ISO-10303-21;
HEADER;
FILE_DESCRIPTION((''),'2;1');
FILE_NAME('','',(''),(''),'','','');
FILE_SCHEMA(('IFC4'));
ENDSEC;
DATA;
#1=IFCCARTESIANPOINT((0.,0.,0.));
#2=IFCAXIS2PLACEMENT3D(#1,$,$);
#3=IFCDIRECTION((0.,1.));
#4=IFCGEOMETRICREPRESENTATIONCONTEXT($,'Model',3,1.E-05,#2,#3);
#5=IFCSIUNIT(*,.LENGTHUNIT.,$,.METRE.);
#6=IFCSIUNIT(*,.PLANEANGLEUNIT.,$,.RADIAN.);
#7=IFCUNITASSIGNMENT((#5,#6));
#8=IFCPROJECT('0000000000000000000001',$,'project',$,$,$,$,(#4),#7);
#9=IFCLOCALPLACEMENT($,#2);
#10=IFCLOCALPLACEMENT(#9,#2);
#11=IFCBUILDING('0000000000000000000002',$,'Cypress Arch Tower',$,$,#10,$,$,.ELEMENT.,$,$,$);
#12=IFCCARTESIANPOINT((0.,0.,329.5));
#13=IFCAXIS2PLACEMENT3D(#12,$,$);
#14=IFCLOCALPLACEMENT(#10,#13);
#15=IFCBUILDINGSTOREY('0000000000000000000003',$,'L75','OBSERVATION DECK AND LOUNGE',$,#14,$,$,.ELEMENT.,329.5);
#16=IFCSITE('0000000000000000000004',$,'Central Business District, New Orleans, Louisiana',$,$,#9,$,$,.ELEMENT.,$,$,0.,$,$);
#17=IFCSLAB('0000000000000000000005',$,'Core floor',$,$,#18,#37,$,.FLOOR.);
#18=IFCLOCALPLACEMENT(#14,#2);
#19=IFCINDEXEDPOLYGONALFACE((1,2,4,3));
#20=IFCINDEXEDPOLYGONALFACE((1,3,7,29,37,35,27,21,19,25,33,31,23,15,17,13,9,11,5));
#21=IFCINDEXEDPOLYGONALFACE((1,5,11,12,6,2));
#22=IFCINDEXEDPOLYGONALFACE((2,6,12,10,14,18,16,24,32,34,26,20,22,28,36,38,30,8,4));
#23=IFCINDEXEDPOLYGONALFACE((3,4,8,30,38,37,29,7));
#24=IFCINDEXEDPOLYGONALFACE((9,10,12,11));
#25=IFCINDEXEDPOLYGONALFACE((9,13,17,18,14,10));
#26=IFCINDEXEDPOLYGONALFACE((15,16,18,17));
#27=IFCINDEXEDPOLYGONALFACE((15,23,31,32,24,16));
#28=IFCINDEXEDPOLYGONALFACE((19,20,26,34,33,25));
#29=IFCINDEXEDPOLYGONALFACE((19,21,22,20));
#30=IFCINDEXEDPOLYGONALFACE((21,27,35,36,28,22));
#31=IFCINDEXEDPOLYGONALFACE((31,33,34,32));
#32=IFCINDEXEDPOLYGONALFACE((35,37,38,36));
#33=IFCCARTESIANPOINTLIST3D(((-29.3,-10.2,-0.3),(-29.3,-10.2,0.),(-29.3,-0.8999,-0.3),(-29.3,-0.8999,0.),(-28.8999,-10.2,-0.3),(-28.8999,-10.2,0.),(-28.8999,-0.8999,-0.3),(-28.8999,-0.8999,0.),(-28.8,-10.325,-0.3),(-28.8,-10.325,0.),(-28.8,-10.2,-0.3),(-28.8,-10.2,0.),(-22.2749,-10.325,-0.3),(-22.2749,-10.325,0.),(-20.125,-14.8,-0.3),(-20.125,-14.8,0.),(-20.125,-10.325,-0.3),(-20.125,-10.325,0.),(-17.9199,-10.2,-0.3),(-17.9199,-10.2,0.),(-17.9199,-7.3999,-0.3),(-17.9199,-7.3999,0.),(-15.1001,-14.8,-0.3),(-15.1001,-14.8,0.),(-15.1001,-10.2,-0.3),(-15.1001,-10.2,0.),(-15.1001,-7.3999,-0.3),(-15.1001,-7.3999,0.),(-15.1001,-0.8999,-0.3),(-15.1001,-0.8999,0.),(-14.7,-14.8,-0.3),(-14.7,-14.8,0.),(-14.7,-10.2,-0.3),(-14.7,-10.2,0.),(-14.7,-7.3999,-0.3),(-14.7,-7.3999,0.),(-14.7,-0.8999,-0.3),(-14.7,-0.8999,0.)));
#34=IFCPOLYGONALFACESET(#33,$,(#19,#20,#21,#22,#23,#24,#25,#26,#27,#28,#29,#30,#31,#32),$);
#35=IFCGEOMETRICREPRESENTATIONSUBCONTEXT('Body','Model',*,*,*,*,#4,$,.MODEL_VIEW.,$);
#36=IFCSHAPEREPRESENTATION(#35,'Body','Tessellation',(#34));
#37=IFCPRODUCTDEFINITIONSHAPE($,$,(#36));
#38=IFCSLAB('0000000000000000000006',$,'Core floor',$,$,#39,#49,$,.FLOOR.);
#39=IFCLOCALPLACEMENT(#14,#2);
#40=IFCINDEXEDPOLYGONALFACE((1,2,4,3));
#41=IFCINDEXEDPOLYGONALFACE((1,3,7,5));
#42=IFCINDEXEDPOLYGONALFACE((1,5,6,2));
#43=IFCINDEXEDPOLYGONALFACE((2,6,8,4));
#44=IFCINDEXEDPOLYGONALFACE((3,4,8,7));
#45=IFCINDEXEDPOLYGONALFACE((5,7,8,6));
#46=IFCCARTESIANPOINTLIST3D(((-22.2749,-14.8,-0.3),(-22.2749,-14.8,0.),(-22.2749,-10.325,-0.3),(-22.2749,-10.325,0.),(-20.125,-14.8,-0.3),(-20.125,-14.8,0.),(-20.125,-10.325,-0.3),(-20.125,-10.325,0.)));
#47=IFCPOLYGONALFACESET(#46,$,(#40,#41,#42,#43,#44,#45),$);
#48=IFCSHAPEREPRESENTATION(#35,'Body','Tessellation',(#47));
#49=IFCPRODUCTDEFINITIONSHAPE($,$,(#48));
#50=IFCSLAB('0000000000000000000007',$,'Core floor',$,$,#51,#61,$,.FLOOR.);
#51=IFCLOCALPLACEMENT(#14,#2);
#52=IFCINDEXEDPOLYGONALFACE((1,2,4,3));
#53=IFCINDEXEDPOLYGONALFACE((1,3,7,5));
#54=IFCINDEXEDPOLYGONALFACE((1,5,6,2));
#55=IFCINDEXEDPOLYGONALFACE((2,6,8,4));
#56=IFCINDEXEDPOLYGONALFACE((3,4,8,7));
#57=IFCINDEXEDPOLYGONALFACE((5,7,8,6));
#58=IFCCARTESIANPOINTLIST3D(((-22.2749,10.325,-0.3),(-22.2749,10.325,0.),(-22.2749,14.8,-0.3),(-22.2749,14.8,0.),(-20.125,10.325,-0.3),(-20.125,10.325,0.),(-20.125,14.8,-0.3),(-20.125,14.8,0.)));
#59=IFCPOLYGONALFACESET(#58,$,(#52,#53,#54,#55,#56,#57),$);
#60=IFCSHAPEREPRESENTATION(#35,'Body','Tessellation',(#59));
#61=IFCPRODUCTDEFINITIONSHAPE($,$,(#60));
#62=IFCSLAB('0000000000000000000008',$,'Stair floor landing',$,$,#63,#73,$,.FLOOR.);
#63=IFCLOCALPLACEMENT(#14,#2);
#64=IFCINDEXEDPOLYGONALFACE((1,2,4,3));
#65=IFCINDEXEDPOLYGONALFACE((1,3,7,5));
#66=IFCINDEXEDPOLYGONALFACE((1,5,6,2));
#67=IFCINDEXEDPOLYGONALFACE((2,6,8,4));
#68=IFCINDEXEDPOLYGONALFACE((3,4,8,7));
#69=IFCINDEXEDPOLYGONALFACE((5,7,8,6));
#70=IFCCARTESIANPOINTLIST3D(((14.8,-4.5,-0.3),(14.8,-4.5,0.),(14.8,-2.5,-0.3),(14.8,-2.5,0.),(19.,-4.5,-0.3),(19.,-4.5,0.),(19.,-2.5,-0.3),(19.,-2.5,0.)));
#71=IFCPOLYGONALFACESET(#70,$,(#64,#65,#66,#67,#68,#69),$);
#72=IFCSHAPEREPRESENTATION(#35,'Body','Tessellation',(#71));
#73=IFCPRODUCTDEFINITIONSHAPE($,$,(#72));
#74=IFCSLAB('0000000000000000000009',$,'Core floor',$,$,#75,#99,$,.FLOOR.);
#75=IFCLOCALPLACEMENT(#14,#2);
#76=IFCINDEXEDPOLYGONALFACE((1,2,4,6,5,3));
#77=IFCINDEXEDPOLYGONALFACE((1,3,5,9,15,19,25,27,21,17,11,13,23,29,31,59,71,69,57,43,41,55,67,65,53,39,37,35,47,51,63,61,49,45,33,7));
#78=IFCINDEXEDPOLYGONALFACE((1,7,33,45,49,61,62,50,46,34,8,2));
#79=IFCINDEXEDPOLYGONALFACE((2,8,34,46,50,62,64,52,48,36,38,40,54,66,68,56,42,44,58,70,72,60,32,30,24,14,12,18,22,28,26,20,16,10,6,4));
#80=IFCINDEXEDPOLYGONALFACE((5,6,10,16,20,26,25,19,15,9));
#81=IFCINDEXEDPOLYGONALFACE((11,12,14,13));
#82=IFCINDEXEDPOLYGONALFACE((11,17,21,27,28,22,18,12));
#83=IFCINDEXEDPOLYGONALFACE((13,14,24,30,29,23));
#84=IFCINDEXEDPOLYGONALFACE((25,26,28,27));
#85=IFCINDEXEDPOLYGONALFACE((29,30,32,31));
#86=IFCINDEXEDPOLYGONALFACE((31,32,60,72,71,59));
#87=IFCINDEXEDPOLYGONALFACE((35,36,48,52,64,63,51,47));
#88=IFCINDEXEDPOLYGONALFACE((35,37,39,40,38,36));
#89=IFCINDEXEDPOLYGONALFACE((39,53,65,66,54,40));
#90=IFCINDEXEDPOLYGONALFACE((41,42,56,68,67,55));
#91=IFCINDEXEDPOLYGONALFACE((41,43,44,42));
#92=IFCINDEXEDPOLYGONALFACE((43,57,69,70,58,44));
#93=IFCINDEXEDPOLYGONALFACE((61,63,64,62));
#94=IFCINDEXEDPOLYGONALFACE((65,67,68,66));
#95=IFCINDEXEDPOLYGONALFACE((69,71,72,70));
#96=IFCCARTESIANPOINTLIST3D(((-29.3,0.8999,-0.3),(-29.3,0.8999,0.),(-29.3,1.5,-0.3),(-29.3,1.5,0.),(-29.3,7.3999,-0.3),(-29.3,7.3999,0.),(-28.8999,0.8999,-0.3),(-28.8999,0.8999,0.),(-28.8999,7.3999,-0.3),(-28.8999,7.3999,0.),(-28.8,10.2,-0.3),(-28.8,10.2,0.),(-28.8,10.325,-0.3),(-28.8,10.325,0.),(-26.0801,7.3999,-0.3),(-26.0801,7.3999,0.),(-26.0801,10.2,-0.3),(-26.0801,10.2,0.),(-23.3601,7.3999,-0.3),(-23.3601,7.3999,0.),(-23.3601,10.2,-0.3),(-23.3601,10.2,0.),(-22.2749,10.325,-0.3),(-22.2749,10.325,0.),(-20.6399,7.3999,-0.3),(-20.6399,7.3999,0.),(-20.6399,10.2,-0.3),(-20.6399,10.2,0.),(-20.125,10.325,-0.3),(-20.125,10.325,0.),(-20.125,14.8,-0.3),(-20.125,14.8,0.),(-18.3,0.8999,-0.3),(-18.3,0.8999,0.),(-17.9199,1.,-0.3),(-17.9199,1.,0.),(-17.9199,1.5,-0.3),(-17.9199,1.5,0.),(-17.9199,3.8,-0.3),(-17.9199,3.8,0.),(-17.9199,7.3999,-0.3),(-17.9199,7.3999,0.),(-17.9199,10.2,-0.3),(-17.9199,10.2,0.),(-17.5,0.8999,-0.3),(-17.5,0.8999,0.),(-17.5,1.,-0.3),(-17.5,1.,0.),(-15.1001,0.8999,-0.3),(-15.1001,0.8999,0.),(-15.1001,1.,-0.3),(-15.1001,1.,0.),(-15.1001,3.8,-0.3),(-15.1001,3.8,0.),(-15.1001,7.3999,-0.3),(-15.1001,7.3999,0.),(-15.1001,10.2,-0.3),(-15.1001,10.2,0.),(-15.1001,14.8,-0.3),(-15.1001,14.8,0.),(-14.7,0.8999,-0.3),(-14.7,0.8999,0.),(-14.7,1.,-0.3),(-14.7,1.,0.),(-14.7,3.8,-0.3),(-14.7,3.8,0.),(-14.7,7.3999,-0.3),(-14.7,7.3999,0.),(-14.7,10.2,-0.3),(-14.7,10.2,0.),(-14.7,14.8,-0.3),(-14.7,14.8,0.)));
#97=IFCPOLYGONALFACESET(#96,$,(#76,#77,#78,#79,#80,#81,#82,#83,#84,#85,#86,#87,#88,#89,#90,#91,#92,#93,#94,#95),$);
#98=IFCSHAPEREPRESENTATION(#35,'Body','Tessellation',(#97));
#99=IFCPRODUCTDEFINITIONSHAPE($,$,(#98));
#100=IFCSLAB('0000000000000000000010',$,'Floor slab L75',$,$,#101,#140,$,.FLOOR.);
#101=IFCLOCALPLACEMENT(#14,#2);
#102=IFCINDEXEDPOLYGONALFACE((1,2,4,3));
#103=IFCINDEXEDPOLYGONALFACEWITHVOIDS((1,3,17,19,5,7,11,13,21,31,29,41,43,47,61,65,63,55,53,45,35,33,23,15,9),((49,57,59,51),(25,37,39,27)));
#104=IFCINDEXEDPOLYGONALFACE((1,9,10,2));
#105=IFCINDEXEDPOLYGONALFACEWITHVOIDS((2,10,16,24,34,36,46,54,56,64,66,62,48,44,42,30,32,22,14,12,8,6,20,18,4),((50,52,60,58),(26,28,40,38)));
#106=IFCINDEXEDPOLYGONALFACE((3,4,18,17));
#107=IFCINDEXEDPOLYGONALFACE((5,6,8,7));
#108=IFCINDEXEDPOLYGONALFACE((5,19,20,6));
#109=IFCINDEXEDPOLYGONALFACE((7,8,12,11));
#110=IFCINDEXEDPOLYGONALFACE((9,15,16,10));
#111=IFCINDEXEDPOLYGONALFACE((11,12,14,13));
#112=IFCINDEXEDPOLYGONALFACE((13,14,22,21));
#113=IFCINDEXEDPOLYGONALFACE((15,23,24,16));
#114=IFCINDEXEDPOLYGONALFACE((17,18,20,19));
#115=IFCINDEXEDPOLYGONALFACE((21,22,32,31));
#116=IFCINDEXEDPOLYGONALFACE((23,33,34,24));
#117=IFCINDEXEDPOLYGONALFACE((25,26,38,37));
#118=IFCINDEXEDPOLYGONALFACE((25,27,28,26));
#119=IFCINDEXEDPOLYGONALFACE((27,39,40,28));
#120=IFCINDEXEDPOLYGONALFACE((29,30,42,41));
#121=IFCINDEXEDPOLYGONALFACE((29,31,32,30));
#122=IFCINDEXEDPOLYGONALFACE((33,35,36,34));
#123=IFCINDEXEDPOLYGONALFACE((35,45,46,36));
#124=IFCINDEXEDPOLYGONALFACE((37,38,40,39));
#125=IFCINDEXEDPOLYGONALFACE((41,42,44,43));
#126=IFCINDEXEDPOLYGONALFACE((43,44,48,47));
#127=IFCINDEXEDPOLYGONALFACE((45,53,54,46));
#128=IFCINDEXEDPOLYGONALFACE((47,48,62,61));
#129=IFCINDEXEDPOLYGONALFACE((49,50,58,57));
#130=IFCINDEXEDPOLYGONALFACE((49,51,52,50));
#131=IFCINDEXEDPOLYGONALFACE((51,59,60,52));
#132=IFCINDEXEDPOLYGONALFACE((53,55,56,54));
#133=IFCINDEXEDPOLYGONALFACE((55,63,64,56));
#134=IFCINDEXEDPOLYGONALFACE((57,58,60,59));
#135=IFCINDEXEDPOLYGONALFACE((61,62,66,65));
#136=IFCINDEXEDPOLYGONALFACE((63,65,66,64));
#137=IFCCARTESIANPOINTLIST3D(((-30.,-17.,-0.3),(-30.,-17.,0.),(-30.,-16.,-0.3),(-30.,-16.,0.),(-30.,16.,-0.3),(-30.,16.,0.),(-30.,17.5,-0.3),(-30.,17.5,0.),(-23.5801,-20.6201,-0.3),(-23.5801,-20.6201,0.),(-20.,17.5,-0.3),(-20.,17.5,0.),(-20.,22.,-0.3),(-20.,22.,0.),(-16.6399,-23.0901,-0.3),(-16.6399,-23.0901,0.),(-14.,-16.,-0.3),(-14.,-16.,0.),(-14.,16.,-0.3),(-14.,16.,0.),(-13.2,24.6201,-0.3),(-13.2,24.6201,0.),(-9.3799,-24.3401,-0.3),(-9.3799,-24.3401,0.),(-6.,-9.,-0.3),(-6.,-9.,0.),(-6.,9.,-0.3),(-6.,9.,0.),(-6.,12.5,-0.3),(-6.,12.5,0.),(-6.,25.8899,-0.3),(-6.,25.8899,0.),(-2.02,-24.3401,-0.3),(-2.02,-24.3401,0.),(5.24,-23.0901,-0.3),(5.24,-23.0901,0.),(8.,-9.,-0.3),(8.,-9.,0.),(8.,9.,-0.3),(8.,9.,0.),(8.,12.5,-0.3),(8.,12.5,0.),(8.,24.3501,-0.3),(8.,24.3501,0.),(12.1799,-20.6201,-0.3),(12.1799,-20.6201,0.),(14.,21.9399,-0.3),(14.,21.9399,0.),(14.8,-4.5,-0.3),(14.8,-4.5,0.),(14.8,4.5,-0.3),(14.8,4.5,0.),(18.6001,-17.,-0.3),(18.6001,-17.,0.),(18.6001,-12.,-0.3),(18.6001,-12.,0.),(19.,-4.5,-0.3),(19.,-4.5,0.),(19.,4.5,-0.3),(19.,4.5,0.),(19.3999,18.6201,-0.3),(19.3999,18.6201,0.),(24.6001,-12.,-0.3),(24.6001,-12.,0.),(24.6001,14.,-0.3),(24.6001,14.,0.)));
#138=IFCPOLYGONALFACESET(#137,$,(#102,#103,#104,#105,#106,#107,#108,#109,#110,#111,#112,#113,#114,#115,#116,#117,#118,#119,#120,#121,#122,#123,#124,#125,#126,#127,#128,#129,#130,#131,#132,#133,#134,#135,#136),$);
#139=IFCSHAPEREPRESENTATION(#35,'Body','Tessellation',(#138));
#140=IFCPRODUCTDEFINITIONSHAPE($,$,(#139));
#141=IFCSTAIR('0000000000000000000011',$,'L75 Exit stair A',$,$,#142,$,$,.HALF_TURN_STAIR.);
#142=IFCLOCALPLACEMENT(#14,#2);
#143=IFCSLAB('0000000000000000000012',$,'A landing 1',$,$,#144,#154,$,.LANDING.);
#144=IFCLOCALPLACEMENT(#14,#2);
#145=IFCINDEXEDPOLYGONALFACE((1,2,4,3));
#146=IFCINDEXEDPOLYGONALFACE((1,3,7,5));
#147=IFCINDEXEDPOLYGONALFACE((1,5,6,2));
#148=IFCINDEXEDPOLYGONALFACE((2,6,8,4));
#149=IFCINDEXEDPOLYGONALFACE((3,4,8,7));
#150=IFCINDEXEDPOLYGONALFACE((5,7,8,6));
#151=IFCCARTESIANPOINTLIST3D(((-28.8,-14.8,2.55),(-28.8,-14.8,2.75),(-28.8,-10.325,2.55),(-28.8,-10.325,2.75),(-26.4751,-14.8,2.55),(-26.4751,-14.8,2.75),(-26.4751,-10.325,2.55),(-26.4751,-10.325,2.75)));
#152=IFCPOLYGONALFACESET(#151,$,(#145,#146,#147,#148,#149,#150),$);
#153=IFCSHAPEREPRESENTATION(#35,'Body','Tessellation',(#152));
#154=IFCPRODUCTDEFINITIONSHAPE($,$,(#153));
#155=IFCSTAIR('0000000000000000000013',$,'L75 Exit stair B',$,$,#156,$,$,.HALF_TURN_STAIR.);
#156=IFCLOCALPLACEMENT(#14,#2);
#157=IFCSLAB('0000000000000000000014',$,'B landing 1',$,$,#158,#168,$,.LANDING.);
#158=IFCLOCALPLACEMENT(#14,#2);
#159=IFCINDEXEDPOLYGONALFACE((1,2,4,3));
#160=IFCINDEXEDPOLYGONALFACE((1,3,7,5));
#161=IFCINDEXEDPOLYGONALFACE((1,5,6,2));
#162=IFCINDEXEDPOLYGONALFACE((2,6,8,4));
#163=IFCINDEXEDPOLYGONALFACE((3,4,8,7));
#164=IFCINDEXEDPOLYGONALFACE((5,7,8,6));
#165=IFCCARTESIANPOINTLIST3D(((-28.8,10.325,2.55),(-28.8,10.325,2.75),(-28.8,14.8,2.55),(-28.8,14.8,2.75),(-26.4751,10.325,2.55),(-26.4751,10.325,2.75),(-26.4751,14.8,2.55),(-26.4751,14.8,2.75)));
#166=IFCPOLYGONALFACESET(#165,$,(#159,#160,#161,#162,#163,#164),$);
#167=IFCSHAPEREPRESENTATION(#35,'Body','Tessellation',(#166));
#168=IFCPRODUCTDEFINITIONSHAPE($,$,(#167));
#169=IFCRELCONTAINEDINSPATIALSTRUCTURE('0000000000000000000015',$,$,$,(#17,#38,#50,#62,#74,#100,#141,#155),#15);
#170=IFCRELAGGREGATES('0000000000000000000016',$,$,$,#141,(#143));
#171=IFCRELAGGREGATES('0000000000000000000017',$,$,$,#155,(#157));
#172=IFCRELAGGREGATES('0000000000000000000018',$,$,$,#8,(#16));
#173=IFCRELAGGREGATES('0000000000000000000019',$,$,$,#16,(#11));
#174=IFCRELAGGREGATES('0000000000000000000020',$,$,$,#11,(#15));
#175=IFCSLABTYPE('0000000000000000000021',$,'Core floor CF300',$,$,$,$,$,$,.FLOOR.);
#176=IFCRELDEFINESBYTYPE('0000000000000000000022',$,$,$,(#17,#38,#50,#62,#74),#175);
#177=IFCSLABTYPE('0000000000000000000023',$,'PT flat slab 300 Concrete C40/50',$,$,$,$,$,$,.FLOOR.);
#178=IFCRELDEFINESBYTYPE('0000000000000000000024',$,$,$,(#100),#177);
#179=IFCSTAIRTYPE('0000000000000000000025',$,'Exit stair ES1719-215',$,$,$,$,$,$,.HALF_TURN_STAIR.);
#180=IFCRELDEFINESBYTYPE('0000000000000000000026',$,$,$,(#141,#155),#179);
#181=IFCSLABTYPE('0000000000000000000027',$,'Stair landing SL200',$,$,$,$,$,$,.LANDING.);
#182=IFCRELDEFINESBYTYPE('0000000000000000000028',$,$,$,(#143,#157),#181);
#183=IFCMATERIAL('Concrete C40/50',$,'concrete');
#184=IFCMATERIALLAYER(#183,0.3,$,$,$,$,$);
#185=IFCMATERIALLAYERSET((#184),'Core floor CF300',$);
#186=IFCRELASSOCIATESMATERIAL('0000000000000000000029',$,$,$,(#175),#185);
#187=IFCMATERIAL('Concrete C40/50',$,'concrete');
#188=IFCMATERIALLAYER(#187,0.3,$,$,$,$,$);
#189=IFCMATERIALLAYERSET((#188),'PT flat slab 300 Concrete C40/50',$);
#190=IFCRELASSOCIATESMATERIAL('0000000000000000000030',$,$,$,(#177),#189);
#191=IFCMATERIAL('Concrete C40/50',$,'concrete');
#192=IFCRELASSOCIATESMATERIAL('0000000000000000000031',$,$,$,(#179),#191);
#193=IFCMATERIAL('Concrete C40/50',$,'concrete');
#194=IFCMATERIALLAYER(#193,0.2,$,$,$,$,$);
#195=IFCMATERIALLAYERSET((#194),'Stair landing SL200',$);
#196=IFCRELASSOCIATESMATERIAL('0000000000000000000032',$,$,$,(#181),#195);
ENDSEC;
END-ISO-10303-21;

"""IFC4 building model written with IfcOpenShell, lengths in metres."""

from ifc_helpers import new_model, si_unit, direction, frame, origin, place, context, subcontext, project, spatial, polyline, outline, extrude, material, layer, layer_set, type_object, element, aggregate, save


model = new_model("IFC4")

# Units and contexts
model_context = context("Model", 3, precision=1e-05, world=origin(), true_north=direction((0.0, 1.0)))
body_context = subcontext(model_context, "Body", "Model", "MODEL_VIEW")
ifc_project = project(units=[si_unit("LENGTHUNIT", "METRE"), si_unit("PLANEANGLEUNIT", "RADIAN")], contexts=[model_context])

# Site, building, storey
site_placement = place(None, origin())
site = spatial("IfcSite", under=ifc_project, at=site_placement, Name="Central Business District, New Orleans, Louisiana", CompositionType="ELEMENT", RefElevation=0.0)
building_placement = place(site_placement, origin())
building = spatial("IfcBuilding", under=site, at=building_placement, Name="Cypress Arch Tower", CompositionType="ELEMENT")
storey_placement = place(building_placement, frame((0.0, 0.0, 329.5)))
storey = spatial("IfcBuildingStorey", under=building, at=storey_placement, Name="L75", Description="OBSERVATION DECK AND LOUNGE", CompositionType="ELEMENT", Elevation=329.5)

# Slabs
ifc_material_1 = material(Name="Concrete C40/50", Category="concrete")
ifc_layer_1 = layer(ifc_material_1, 0.3)
ifc_layer_set_1 = layer_set([ifc_layer_1], Name="Core floor CF300")
slab_type_1 = type_object("IfcSlabType", Name="Core floor CF300", PredefinedType="FLOOR", material=ifc_layer_set_1)
slab_1_placement = place(storey_placement, frame((0.0, 0.0, -0.3)))
element("IfcSlab", 1, at=slab_1_placement, inside=storey, type_object=slab_type_1, Name="Core floor", PredefinedType="FLOOR", context=body_context, shape_type="SweptSolid", body=[
    extrude(outline(polyline([(-28.8999, -10.2), (-29.3, -10.2), (-29.3, -0.8999), (-28.8999, -0.8999), (-15.1001, -0.8999), (-14.7, -0.8999), (-14.7, -7.3999), (-15.1001, -7.3999), (-17.9199, -7.3999), (-17.9199, -10.2), (-15.1001, -10.2), (-14.7, -10.2), (-14.7, -14.8), (-15.1001, -14.8), (-20.125, -14.8), (-20.125, -10.325), (-22.2749, -10.325), (-28.8, -10.325), (-28.8, -10.2), (-28.8999, -10.2)])), origin(), (0.0, 0.0, 1.0), 0.3),
])
slab_2_placement = place(storey_placement, frame((0.0, 0.0, -0.3)))
element("IfcSlab", 2, at=slab_2_placement, inside=storey, type_object=slab_type_1, Name="Core floor", PredefinedType="FLOOR", context=body_context, shape_type="SweptSolid", body=[
    extrude(outline(polyline([(-22.2749, -10.325), (-22.2749, -14.8), (-20.125, -14.8), (-20.125, -10.325), (-22.2749, -10.325)])), origin(), (0.0, 0.0, 1.0), 0.3),
])
slab_3_placement = place(storey_placement, frame((0.0, 0.0, -0.3)))
element("IfcSlab", 3, at=slab_3_placement, inside=storey, type_object=slab_type_1, Name="Core floor", PredefinedType="FLOOR", context=body_context, shape_type="SweptSolid", body=[
    extrude(outline(polyline([(-20.125, 14.8), (-22.2749, 14.8), (-22.2749, 10.325), (-20.125, 10.325), (-20.125, 14.8)])), origin(), (0.0, 0.0, 1.0), 0.3),
])
slab_4_placement = place(storey_placement, frame((0.0, 0.0, -0.3)))
element("IfcSlab", 4, at=slab_4_placement, inside=storey, type_object=slab_type_1, Name="Stair floor landing", PredefinedType="FLOOR", context=body_context, shape_type="SweptSolid", body=[
    extrude(outline(polyline([(19.0, -4.5), (19.0, -2.5), (14.8, -2.5), (14.8, -4.5), (19.0, -4.5)])), origin(), (0.0, 0.0, 1.0), 0.3),
])
slab_5_placement = place(storey_placement, frame((0.0, 0.0, -0.3)))
element("IfcSlab", 5, at=slab_5_placement, inside=storey, type_object=slab_type_1, Name="Core floor", PredefinedType="FLOOR", context=body_context, shape_type="SweptSolid", body=[
    extrude(outline(polyline([(-20.6399, 10.2), (-23.3601, 10.2), (-26.0801, 10.2), (-28.8, 10.2), (-28.8, 10.325), (-22.2749, 10.325), (-20.125, 10.325), (-20.125, 14.8), (-15.1001, 14.8), (-14.7, 14.8), (-14.7, 10.2), (-15.1001, 10.2), (-17.9199, 10.2), (-17.9199, 7.3999), (-15.1001, 7.3999), (-14.7, 7.3999), (-14.7, 3.8), (-15.1001, 3.8), (-17.9199, 3.8), (-17.9199, 1.5), (-17.9199, 1.0), (-17.5, 1.0), (-15.1001, 1.0), (-14.7, 1.0), (-14.7, 0.8999), (-15.1001, 0.8999), (-17.5, 0.8999), (-18.3, 0.8999), (-28.8999, 0.8999), (-29.3, 0.8999), (-29.3, 1.5), (-29.3, 7.3999), (-28.8999, 7.3999), (-26.0801, 7.3999), (-23.3601, 7.3999), (-20.6399, 7.3999), (-20.6399, 10.2)])), origin(), (0.0, 0.0, 1.0), 0.3),
])
ifc_material_2 = material(Name="Concrete C40/50", Category="concrete")
ifc_layer_2 = layer(ifc_material_2, 0.3)
ifc_layer_set_2 = layer_set([ifc_layer_2], Name="PT flat slab 300 Concrete C40/50")
slab_type_2 = type_object("IfcSlabType", Name="PT flat slab 300 Concrete C40/50", PredefinedType="FLOOR", material=ifc_layer_set_2)
slab_6_placement = place(storey_placement, frame((0.0, 0.0, -0.3)))
element("IfcSlab", 6, at=slab_6_placement, inside=storey, type_object=slab_type_2, Name="Floor slab L75", PredefinedType="FLOOR", context=body_context, shape_type="SweptSolid", body=[
    extrude(outline(polyline([(-30.0, 17.5), (-20.0, 17.5), (-20.0, 22.0), (-13.2, 24.6201), (-6.0, 25.8899), (-6.0, 12.5), (8.0, 12.5), (8.0, 24.3501), (14.0, 21.9399), (19.3999, 18.6201), (24.6001, 14.0), (24.6001, -12.0), (18.6001, -12.0), (18.6001, -17.0), (12.1799, -20.6201), (5.24, -23.0901), (-2.02, -24.3401), (-9.3799, -24.3401), (-16.6399, -23.0901), (-23.5801, -20.6201), (-30.0, -17.0), (-30.0, -16.0), (-14.0, -16.0), (-14.0, 16.0), (-30.0, 16.0), (-30.0, 17.5)]), holes=[polyline([(-6.0, -9.0), (8.0, -9.0), (8.0, 9.0), (-6.0, 9.0), (-6.0, -9.0)]), polyline([(14.8, -4.5), (19.0, -4.5), (19.0, 4.5), (14.8, 4.5), (14.8, -4.5)])]), origin(), (0.0, 0.0, 1.0), 0.3),
])

# Stairs, slabs
ifc_material_3 = material(Name="Concrete C40/50", Category="concrete")
stair_type = type_object("IfcStairType", Name="Exit stair ES1719-215", PredefinedType="HALF_TURN_STAIR", material=ifc_material_3)
stair_1_placement = place(storey_placement, origin())
stair_1 = element("IfcStair", 7, at=stair_1_placement, inside=storey, type_object=stair_type, Name="L75 Exit stair A", PredefinedType="HALF_TURN_STAIR")
ifc_material_4 = material(Name="Concrete C40/50", Category="concrete")
ifc_layer_3 = layer(ifc_material_4, 0.2)
ifc_layer_set_3 = layer_set([ifc_layer_3], Name="Stair landing SL200")
slab_type_3 = type_object("IfcSlabType", Name="Stair landing SL200", PredefinedType="LANDING", material=ifc_layer_set_3)
slab_7_placement = place(storey_placement, frame((0.0, 0.0, 2.55)))
slab_7 = element("IfcSlab", 8, at=slab_7_placement, type_object=slab_type_3, Name="A landing 1", PredefinedType="LANDING", context=body_context, shape_type="SweptSolid", body=[
    extrude(outline(polyline([(-26.4751, -10.325), (-28.8, -10.325), (-28.8, -14.8), (-26.4751, -14.8), (-26.4751, -10.325)])), origin(), (0.0, 0.0, 1.0), 0.2),
])
aggregate(stair_1, [slab_7])
stair_2_placement = place(storey_placement, origin())
stair_2 = element("IfcStair", 9, at=stair_2_placement, inside=storey, type_object=stair_type, Name="L75 Exit stair B", PredefinedType="HALF_TURN_STAIR")
slab_8_placement = place(storey_placement, frame((0.0, 0.0, 2.55)))
slab_8 = element("IfcSlab", 10, at=slab_8_placement, type_object=slab_type_3, Name="B landing 1", PredefinedType="LANDING", context=body_context, shape_type="SweptSolid", body=[
    extrude(outline(polyline([(-26.4751, 14.8), (-28.8, 14.8), (-28.8, 10.325), (-26.4751, 10.325), (-26.4751, 14.8)])), origin(), (0.0, 0.0, 1.0), 0.2),
])
aggregate(stair_2, [slab_8])

save(model, "model.ifc")
